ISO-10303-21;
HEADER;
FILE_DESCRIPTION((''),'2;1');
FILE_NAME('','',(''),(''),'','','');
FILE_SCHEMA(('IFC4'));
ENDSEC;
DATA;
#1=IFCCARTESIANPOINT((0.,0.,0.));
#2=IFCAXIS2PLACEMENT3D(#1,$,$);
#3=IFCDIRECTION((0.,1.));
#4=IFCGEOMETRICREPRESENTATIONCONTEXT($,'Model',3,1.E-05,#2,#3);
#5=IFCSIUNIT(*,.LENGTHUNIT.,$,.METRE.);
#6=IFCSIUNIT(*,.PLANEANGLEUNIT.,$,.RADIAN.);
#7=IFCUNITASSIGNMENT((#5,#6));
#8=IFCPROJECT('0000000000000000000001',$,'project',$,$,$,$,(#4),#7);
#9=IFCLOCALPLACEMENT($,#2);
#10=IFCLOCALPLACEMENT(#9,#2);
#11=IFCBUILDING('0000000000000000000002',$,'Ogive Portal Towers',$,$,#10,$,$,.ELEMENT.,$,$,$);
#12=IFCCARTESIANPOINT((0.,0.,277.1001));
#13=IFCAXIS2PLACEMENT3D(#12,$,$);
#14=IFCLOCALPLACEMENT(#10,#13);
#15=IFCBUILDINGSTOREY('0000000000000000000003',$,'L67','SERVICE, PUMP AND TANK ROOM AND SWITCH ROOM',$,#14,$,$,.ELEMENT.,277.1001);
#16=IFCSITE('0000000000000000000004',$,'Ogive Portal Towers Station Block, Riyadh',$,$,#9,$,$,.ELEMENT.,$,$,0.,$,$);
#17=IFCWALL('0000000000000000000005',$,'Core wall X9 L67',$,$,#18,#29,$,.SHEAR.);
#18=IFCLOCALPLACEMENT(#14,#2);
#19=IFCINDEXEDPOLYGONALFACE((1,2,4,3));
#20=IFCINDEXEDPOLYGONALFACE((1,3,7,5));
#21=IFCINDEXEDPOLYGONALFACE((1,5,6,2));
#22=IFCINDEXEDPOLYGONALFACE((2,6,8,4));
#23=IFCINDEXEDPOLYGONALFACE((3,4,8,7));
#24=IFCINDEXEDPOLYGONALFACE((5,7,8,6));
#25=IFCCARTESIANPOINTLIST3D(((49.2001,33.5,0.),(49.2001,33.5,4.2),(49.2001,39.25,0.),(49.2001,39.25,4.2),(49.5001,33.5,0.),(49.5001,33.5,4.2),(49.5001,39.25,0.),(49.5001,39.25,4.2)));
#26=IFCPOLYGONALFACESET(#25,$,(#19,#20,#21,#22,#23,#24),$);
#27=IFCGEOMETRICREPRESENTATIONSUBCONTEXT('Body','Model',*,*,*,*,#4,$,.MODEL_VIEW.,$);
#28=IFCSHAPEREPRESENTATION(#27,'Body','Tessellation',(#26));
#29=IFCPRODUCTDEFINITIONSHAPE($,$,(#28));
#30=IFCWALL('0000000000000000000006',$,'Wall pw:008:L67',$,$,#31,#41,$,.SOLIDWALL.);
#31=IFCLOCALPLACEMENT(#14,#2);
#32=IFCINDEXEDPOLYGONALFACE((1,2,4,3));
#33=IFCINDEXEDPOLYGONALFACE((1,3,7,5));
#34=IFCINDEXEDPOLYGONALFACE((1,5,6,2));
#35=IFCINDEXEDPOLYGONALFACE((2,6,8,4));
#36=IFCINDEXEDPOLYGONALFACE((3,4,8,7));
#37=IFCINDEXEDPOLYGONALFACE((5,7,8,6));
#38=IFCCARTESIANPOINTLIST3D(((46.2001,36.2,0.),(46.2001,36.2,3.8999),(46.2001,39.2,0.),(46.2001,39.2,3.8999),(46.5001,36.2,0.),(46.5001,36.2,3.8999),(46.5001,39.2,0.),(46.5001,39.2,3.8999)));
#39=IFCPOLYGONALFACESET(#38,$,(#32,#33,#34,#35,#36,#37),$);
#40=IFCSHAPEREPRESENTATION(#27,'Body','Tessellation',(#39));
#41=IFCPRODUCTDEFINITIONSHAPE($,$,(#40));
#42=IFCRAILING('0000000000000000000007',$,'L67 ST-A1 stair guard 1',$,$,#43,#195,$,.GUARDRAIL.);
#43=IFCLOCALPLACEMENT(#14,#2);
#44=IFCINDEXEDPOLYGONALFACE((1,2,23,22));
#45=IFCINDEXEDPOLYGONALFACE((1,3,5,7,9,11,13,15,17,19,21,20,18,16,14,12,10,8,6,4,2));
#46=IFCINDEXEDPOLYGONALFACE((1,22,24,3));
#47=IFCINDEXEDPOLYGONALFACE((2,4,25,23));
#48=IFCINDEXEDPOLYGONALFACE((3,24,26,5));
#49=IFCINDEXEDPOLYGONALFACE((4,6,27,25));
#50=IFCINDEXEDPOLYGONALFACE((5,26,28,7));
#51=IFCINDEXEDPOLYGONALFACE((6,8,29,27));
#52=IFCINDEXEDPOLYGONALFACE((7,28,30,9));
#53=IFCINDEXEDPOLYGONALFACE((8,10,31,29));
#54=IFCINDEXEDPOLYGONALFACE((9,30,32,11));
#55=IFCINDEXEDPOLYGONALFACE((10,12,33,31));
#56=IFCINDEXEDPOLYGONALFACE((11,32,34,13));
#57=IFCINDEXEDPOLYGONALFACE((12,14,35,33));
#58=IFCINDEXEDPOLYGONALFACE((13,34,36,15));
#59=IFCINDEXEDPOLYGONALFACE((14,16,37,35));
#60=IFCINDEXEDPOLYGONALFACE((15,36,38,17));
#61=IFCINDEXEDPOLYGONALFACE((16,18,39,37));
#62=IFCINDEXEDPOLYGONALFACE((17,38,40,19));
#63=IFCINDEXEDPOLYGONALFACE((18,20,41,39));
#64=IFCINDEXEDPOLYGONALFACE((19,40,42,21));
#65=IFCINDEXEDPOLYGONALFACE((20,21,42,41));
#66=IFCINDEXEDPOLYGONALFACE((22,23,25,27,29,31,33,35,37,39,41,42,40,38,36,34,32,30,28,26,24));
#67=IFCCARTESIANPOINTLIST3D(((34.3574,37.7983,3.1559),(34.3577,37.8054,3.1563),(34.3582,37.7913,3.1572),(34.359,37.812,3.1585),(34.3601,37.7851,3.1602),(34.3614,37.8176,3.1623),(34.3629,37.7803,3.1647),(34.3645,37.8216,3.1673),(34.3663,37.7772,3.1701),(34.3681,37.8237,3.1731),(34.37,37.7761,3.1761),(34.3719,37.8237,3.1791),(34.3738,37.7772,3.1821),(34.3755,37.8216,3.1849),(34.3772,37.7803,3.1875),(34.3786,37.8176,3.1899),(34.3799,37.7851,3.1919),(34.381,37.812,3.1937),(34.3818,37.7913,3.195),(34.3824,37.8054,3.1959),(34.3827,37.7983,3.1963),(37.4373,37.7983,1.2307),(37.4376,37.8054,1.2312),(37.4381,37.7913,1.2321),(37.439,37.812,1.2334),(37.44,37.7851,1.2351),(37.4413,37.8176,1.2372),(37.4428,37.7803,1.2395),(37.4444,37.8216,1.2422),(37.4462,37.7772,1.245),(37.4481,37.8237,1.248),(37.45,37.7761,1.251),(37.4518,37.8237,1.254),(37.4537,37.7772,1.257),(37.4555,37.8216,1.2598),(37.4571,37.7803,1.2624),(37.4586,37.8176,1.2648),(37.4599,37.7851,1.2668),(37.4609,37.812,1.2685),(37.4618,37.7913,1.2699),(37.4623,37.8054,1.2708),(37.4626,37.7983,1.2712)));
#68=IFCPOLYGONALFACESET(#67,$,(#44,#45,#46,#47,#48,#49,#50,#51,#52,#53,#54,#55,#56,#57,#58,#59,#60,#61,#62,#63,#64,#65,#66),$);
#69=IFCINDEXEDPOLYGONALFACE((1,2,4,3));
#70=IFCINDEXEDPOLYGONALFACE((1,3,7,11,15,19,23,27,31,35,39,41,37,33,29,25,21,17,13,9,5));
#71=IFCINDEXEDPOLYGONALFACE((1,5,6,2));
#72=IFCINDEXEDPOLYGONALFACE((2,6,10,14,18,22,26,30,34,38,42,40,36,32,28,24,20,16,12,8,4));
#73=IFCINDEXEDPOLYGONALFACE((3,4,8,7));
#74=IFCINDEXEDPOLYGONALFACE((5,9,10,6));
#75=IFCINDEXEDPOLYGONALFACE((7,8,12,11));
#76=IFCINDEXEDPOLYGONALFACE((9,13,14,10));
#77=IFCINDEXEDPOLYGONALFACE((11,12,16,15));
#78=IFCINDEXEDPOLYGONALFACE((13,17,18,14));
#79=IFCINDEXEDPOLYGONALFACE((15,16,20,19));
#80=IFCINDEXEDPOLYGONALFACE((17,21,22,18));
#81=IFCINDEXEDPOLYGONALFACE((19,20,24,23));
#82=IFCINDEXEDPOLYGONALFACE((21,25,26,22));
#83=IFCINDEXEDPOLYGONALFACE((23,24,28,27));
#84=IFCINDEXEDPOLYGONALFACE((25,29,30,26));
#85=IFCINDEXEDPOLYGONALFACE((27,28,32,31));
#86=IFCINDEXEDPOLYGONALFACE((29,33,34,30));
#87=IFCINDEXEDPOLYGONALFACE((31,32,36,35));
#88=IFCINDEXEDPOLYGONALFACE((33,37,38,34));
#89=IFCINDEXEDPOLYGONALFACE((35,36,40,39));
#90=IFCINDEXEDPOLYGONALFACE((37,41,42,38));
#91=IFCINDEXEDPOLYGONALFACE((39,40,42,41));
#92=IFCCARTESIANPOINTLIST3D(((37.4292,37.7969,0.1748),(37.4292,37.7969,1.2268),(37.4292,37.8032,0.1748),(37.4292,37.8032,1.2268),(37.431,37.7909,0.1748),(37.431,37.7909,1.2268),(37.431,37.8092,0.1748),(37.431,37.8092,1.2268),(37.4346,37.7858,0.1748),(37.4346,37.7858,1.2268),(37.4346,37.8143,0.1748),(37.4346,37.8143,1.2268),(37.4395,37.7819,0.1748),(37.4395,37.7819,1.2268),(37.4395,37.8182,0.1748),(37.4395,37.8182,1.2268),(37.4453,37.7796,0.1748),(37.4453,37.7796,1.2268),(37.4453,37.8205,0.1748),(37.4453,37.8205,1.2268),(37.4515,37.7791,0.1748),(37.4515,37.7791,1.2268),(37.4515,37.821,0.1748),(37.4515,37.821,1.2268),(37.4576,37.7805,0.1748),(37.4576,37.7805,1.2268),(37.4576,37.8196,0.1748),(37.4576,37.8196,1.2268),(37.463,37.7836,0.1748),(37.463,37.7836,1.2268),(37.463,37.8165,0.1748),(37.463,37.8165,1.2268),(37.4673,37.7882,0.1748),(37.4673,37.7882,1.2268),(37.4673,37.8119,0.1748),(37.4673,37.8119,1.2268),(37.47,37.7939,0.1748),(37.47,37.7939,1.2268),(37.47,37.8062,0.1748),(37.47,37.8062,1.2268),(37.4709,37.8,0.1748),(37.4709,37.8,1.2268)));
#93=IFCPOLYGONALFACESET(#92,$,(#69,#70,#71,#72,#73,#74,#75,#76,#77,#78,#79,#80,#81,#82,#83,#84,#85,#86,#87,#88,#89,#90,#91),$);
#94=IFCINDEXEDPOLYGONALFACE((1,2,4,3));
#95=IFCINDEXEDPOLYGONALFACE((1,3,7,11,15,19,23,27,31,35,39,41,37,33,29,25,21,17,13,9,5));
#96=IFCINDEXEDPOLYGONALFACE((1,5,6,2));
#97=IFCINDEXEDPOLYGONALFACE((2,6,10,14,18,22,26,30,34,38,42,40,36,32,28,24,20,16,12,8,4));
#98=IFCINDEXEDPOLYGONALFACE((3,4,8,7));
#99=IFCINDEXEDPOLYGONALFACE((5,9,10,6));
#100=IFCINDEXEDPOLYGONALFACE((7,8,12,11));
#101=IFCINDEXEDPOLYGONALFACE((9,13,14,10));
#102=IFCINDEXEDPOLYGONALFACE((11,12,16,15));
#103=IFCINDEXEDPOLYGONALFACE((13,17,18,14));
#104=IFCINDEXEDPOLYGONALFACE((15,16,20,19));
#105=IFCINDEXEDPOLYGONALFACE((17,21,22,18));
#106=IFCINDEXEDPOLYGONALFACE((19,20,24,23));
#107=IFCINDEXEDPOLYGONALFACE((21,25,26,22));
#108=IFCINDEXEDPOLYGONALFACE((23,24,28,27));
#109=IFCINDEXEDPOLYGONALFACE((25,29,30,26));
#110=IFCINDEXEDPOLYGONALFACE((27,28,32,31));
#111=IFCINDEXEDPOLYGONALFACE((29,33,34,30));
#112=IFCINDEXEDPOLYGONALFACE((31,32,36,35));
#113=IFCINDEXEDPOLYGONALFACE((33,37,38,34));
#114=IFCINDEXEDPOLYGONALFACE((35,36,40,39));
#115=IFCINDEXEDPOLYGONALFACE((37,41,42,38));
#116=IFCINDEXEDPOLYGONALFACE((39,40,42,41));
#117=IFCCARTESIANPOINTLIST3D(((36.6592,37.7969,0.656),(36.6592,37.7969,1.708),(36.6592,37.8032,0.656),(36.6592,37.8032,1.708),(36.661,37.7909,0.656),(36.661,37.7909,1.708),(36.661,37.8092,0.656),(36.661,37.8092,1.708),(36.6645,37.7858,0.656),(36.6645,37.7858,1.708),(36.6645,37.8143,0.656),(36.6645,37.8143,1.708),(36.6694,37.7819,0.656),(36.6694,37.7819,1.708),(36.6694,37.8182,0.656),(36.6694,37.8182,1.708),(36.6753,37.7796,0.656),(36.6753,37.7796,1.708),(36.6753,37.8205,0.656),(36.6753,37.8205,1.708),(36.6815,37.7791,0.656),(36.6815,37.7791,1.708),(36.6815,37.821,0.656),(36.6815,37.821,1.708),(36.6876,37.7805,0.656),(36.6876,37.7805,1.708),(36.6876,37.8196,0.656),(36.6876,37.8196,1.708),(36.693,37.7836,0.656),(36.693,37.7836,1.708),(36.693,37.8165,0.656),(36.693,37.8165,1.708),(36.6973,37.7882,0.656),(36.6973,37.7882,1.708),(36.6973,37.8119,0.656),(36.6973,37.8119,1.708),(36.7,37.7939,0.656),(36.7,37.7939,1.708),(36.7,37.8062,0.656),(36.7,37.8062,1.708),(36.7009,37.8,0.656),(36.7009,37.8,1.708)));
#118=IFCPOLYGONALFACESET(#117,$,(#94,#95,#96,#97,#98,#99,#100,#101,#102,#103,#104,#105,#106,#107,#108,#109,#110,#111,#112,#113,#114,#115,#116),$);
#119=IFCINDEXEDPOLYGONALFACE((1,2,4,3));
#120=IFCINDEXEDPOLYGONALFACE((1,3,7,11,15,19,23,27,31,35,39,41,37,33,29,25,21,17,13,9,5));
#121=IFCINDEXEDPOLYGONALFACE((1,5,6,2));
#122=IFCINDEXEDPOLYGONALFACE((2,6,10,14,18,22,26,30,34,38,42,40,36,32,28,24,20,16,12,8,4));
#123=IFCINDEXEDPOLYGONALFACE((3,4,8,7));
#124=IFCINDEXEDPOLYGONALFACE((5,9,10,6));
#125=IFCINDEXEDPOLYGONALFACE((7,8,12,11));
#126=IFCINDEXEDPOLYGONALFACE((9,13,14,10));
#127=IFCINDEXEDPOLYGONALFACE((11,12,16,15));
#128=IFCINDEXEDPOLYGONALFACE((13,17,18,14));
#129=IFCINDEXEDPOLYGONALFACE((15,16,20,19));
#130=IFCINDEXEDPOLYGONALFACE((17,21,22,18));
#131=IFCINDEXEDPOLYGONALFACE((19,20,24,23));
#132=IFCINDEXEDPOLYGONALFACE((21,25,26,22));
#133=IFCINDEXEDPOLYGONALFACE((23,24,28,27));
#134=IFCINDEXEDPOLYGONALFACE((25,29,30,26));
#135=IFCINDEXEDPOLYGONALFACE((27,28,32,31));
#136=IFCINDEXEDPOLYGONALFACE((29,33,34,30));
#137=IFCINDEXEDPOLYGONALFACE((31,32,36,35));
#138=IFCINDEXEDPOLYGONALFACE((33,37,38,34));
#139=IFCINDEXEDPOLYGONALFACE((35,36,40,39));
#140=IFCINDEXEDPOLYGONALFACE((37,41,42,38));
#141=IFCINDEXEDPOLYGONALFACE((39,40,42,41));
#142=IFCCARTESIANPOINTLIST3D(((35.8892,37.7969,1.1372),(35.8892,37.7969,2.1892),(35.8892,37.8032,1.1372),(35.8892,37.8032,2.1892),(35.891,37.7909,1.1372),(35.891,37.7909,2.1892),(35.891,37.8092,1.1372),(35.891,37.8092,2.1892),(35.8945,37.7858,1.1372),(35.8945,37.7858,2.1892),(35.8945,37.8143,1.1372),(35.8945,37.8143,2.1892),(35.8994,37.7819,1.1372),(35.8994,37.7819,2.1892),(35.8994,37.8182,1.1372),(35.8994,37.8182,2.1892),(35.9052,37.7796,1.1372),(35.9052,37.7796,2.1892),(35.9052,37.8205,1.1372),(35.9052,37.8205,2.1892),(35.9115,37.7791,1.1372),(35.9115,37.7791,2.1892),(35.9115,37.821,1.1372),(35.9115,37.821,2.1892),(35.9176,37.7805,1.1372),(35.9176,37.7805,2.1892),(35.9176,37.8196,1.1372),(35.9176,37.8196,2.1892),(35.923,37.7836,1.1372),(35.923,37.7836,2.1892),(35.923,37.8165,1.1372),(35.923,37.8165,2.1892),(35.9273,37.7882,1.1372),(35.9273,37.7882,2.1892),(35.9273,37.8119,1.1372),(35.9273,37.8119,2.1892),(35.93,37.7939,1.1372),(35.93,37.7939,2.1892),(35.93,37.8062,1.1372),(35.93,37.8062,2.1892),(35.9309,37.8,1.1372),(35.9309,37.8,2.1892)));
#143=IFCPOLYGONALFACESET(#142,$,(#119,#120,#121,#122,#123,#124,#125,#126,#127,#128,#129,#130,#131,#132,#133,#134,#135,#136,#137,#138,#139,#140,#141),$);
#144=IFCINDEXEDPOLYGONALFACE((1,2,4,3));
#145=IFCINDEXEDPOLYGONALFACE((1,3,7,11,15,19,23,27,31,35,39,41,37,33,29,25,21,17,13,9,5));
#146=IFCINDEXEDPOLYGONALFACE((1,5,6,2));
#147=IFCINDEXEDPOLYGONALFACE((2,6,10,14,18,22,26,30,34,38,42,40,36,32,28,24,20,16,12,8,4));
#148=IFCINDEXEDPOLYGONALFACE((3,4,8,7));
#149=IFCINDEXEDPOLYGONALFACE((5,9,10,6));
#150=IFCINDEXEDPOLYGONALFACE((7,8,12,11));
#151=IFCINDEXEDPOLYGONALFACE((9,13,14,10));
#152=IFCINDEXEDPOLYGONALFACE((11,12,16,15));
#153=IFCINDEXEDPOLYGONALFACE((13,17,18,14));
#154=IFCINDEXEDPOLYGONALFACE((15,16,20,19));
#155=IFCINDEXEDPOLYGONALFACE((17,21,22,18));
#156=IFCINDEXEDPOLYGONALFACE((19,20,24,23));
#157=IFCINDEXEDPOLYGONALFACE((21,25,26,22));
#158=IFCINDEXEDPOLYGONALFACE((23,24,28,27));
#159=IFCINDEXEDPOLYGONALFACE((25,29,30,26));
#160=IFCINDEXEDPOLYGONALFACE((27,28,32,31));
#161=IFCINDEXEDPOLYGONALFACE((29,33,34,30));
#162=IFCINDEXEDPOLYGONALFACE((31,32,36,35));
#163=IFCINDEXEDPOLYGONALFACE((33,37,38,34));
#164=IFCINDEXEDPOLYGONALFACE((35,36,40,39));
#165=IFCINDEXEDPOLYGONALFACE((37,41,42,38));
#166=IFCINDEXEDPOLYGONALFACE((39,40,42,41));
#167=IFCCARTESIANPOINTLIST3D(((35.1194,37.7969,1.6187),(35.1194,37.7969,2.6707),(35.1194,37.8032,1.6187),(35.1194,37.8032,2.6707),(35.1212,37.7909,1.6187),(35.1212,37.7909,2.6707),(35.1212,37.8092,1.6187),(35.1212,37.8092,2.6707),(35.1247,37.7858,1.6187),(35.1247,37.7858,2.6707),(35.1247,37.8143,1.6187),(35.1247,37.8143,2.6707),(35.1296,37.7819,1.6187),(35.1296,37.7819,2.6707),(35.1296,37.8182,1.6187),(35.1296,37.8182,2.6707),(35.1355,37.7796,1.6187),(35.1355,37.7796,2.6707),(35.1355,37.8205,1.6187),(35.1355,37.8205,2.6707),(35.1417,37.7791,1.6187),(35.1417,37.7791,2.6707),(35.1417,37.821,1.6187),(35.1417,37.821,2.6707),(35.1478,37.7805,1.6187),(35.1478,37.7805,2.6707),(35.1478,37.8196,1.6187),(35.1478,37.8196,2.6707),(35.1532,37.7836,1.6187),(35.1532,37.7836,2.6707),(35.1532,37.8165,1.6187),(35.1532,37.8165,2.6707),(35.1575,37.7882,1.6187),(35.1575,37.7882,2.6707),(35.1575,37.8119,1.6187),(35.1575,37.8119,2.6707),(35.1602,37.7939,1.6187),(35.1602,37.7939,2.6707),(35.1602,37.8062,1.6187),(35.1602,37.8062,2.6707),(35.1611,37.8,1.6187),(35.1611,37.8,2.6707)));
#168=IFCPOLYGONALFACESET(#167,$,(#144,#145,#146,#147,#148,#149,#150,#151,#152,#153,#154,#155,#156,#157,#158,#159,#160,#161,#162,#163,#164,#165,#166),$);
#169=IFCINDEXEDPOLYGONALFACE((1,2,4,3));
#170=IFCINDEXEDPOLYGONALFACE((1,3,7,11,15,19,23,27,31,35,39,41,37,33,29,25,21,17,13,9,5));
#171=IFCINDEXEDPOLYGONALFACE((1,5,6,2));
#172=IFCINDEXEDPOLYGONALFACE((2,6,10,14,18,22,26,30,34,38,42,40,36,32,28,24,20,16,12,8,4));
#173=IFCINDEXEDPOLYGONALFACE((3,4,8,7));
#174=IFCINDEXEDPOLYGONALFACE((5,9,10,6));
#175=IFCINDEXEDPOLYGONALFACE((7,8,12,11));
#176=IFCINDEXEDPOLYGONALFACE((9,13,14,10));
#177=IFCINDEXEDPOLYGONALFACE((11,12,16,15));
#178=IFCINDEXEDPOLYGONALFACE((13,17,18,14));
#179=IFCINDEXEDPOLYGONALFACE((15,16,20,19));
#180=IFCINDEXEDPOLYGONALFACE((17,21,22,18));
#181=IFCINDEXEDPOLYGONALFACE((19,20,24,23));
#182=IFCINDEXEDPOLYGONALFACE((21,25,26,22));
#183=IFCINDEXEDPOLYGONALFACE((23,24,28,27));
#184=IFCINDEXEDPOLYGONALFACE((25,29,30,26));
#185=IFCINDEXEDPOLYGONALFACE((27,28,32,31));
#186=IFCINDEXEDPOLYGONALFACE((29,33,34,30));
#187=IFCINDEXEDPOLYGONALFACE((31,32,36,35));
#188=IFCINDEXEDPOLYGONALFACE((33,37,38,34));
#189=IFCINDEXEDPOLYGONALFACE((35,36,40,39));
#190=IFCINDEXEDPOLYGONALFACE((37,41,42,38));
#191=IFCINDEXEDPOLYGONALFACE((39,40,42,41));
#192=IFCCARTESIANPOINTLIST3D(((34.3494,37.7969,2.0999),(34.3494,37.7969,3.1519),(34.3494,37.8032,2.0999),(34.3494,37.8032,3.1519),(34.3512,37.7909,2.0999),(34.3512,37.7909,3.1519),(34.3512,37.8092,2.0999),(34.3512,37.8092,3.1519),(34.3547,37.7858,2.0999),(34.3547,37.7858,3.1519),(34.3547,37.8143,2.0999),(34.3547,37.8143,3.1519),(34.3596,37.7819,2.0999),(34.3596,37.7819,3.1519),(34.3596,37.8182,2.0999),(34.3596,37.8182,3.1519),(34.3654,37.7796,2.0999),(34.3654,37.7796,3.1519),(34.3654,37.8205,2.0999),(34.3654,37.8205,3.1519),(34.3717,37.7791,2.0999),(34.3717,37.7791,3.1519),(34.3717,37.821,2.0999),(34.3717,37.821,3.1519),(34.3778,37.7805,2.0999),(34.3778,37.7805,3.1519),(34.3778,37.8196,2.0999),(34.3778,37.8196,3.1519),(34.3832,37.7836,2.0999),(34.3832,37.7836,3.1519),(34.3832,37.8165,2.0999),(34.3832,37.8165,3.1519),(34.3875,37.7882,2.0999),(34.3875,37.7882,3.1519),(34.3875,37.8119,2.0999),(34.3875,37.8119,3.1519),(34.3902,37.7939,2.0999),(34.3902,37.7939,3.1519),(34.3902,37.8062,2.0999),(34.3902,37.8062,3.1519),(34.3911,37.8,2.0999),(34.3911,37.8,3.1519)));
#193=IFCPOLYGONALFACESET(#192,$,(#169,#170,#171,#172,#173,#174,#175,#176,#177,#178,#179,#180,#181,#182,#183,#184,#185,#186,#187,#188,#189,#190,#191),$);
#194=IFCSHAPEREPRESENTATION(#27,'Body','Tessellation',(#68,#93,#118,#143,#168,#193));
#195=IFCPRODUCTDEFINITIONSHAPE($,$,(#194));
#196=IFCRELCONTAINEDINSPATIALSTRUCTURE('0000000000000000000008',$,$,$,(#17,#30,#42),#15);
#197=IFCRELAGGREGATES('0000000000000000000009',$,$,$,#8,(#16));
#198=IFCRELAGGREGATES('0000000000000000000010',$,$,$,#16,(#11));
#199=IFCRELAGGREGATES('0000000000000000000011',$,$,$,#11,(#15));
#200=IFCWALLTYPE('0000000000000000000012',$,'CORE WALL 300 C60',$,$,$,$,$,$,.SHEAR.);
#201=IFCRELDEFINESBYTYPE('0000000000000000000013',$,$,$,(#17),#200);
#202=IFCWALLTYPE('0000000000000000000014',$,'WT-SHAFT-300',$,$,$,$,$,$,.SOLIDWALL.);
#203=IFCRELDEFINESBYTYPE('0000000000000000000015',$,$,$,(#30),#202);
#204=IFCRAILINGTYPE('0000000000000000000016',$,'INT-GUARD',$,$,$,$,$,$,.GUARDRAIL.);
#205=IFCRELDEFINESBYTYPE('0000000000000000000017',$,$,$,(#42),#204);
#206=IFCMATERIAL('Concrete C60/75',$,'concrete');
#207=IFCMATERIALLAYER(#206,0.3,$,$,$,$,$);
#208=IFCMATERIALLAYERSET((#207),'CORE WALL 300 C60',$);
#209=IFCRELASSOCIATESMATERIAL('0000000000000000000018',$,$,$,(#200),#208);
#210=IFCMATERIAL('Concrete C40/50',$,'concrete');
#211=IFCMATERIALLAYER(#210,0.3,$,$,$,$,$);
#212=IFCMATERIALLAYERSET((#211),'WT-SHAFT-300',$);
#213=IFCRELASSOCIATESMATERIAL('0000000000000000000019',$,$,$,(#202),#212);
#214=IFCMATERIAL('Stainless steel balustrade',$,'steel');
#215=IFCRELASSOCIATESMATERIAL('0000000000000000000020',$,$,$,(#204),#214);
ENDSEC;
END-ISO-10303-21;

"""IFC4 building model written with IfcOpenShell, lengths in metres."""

from ifc_helpers import new_model, si_unit, direction, frame, frame_2d, origin, origin_2d, place, context, subcontext, project, spatial, rectangle, circle, extrude, material, layer, layer_set, type_object, element, save


model = new_model("IFC4")

# Units and contexts
model_context = context("Model", 3, precision=1e-05, world=origin(), true_north=direction((0.0, 1.0)))
body_context = subcontext(model_context, "Body", "Model", "MODEL_VIEW")
ifc_project = project(units=[si_unit("LENGTHUNIT", "METRE"), si_unit("PLANEANGLEUNIT", "RADIAN")], contexts=[model_context])

# Site, building, storey
site_placement = place(None, origin())
site = spatial("IfcSite", under=ifc_project, at=site_placement, Name="Ogive Portal Towers Station Block, Riyadh", CompositionType="ELEMENT", RefElevation=0.0)
building_placement = place(site_placement, origin())
building = spatial("IfcBuilding", under=site, at=building_placement, Name="Ogive Portal Towers", CompositionType="ELEMENT")
storey_placement = place(building_placement, frame((0.0, 0.0, 277.1001)))
storey = spatial("IfcBuildingStorey", under=building, at=storey_placement, Name="L67", Description="SERVICE, PUMP AND TANK ROOM AND SWITCH ROOM", CompositionType="ELEMENT", Elevation=277.1001)

# Shared definitions
ifc_material_1 = material(Name="Concrete C60/75", Category="concrete")
ifc_layer_1 = layer(ifc_material_1, 0.3)
ifc_layer_set_1 = layer_set([ifc_layer_1], Name="CORE WALL 300 C60")
wall_type_1 = type_object("IfcWallType", Name="CORE WALL 300 C60", PredefinedType="SHEAR", material=ifc_layer_set_1)

# Walls
for number, where, z_axis, x_axis, name in (
    (1, (49.3501, 33.5, 0.0), (0.0, 0.0, 1.0), (0.0, 1.0, 0.0), "Core wall X9 L67"),
):
    element("IfcWall", number, at=place(storey_placement, frame(where, z_axis=z_axis, x_axis=x_axis)), inside=storey, type_object=wall_type_1, Name=name, PredefinedType="SHEAR", context=body_context, shape_type="SweptSolid", body=[
        extrude(rectangle(XDim=5.75, YDim=0.3, at=frame_2d((2.875, 0.0))), origin(), (0.0, 0.0, 1.0), 4.2),
    ])
ifc_material_2 = material(Name="Concrete C40/50", Category="concrete")
ifc_layer_2 = layer(ifc_material_2, 0.3)
ifc_layer_set_2 = layer_set([ifc_layer_2], Name="WT-SHAFT-300")
wall_type_2 = type_object("IfcWallType", Name="WT-SHAFT-300", PredefinedType="SOLIDWALL", material=ifc_layer_set_2)
wall_1_placement = place(storey_placement, frame((46.3501, 36.2, 0.0), z_axis=(0.0, 0.0, 1.0), x_axis=(0.0, 1.0, 0.0)))
element("IfcWall", 2, at=wall_1_placement, inside=storey, type_object=wall_type_2, Name="Wall pw:008:L67", PredefinedType="SOLIDWALL", context=body_context, shape_type="SweptSolid", body=[
    extrude(rectangle(XDim=3.0, YDim=0.3, at=frame_2d((1.5, 0.0))), origin(), (0.0, 0.0, 1.0), 3.8999),
])

# Railing
ifc_material_3 = material(Name="Stainless steel balustrade", Category="steel")
railing_type_1 = type_object("IfcRailingType", Name="INT-GUARD", PredefinedType="GUARDRAIL", material=ifc_material_3)
railing_1_placement = place(storey_placement, frame((37.45, 37.8, 0.1748)))
element("IfcRailing", 3, at=railing_1_placement, inside=storey, type_object=railing_type_1, Name="L67 ST-A1 stair guard 1", PredefinedType="GUARDRAIL", context=body_context, shape_type="SweptSolid", body=[
    extrude(circle(Radius=0.0239, at=origin_2d()), frame((0.0, 0.0, 1.0762), z_axis=(-0.847979, 0.0, 0.530029), x_axis=(0.0, -1.0, 0.0)), (0.0, 0.0, 1.0), 3.6321),
    extrude(circle(Radius=0.021, at=origin_2d()), origin(), (0.0, 0.0, 1.0), 1.052),
    extrude(circle(Radius=0.021, at=origin_2d()), frame((-0.77, 0.0, 0.4812)), (0.0, 0.0, 1.0), 1.052),
    extrude(circle(Radius=0.021, at=origin_2d()), frame((-1.54, 0.0, 0.9624)), (0.0, 0.0, 1.0), 1.052),
    extrude(circle(Radius=0.021, at=origin_2d()), frame((-2.3098, 0.0, 1.4438)), (0.0, 0.0, 1.0), 1.052),
    extrude(circle(Radius=0.021, at=origin_2d()), frame((-3.0798, 0.0, 1.925)), (0.0, 0.0, 1.0), 1.052),
])

save(model, "model.ifc")
